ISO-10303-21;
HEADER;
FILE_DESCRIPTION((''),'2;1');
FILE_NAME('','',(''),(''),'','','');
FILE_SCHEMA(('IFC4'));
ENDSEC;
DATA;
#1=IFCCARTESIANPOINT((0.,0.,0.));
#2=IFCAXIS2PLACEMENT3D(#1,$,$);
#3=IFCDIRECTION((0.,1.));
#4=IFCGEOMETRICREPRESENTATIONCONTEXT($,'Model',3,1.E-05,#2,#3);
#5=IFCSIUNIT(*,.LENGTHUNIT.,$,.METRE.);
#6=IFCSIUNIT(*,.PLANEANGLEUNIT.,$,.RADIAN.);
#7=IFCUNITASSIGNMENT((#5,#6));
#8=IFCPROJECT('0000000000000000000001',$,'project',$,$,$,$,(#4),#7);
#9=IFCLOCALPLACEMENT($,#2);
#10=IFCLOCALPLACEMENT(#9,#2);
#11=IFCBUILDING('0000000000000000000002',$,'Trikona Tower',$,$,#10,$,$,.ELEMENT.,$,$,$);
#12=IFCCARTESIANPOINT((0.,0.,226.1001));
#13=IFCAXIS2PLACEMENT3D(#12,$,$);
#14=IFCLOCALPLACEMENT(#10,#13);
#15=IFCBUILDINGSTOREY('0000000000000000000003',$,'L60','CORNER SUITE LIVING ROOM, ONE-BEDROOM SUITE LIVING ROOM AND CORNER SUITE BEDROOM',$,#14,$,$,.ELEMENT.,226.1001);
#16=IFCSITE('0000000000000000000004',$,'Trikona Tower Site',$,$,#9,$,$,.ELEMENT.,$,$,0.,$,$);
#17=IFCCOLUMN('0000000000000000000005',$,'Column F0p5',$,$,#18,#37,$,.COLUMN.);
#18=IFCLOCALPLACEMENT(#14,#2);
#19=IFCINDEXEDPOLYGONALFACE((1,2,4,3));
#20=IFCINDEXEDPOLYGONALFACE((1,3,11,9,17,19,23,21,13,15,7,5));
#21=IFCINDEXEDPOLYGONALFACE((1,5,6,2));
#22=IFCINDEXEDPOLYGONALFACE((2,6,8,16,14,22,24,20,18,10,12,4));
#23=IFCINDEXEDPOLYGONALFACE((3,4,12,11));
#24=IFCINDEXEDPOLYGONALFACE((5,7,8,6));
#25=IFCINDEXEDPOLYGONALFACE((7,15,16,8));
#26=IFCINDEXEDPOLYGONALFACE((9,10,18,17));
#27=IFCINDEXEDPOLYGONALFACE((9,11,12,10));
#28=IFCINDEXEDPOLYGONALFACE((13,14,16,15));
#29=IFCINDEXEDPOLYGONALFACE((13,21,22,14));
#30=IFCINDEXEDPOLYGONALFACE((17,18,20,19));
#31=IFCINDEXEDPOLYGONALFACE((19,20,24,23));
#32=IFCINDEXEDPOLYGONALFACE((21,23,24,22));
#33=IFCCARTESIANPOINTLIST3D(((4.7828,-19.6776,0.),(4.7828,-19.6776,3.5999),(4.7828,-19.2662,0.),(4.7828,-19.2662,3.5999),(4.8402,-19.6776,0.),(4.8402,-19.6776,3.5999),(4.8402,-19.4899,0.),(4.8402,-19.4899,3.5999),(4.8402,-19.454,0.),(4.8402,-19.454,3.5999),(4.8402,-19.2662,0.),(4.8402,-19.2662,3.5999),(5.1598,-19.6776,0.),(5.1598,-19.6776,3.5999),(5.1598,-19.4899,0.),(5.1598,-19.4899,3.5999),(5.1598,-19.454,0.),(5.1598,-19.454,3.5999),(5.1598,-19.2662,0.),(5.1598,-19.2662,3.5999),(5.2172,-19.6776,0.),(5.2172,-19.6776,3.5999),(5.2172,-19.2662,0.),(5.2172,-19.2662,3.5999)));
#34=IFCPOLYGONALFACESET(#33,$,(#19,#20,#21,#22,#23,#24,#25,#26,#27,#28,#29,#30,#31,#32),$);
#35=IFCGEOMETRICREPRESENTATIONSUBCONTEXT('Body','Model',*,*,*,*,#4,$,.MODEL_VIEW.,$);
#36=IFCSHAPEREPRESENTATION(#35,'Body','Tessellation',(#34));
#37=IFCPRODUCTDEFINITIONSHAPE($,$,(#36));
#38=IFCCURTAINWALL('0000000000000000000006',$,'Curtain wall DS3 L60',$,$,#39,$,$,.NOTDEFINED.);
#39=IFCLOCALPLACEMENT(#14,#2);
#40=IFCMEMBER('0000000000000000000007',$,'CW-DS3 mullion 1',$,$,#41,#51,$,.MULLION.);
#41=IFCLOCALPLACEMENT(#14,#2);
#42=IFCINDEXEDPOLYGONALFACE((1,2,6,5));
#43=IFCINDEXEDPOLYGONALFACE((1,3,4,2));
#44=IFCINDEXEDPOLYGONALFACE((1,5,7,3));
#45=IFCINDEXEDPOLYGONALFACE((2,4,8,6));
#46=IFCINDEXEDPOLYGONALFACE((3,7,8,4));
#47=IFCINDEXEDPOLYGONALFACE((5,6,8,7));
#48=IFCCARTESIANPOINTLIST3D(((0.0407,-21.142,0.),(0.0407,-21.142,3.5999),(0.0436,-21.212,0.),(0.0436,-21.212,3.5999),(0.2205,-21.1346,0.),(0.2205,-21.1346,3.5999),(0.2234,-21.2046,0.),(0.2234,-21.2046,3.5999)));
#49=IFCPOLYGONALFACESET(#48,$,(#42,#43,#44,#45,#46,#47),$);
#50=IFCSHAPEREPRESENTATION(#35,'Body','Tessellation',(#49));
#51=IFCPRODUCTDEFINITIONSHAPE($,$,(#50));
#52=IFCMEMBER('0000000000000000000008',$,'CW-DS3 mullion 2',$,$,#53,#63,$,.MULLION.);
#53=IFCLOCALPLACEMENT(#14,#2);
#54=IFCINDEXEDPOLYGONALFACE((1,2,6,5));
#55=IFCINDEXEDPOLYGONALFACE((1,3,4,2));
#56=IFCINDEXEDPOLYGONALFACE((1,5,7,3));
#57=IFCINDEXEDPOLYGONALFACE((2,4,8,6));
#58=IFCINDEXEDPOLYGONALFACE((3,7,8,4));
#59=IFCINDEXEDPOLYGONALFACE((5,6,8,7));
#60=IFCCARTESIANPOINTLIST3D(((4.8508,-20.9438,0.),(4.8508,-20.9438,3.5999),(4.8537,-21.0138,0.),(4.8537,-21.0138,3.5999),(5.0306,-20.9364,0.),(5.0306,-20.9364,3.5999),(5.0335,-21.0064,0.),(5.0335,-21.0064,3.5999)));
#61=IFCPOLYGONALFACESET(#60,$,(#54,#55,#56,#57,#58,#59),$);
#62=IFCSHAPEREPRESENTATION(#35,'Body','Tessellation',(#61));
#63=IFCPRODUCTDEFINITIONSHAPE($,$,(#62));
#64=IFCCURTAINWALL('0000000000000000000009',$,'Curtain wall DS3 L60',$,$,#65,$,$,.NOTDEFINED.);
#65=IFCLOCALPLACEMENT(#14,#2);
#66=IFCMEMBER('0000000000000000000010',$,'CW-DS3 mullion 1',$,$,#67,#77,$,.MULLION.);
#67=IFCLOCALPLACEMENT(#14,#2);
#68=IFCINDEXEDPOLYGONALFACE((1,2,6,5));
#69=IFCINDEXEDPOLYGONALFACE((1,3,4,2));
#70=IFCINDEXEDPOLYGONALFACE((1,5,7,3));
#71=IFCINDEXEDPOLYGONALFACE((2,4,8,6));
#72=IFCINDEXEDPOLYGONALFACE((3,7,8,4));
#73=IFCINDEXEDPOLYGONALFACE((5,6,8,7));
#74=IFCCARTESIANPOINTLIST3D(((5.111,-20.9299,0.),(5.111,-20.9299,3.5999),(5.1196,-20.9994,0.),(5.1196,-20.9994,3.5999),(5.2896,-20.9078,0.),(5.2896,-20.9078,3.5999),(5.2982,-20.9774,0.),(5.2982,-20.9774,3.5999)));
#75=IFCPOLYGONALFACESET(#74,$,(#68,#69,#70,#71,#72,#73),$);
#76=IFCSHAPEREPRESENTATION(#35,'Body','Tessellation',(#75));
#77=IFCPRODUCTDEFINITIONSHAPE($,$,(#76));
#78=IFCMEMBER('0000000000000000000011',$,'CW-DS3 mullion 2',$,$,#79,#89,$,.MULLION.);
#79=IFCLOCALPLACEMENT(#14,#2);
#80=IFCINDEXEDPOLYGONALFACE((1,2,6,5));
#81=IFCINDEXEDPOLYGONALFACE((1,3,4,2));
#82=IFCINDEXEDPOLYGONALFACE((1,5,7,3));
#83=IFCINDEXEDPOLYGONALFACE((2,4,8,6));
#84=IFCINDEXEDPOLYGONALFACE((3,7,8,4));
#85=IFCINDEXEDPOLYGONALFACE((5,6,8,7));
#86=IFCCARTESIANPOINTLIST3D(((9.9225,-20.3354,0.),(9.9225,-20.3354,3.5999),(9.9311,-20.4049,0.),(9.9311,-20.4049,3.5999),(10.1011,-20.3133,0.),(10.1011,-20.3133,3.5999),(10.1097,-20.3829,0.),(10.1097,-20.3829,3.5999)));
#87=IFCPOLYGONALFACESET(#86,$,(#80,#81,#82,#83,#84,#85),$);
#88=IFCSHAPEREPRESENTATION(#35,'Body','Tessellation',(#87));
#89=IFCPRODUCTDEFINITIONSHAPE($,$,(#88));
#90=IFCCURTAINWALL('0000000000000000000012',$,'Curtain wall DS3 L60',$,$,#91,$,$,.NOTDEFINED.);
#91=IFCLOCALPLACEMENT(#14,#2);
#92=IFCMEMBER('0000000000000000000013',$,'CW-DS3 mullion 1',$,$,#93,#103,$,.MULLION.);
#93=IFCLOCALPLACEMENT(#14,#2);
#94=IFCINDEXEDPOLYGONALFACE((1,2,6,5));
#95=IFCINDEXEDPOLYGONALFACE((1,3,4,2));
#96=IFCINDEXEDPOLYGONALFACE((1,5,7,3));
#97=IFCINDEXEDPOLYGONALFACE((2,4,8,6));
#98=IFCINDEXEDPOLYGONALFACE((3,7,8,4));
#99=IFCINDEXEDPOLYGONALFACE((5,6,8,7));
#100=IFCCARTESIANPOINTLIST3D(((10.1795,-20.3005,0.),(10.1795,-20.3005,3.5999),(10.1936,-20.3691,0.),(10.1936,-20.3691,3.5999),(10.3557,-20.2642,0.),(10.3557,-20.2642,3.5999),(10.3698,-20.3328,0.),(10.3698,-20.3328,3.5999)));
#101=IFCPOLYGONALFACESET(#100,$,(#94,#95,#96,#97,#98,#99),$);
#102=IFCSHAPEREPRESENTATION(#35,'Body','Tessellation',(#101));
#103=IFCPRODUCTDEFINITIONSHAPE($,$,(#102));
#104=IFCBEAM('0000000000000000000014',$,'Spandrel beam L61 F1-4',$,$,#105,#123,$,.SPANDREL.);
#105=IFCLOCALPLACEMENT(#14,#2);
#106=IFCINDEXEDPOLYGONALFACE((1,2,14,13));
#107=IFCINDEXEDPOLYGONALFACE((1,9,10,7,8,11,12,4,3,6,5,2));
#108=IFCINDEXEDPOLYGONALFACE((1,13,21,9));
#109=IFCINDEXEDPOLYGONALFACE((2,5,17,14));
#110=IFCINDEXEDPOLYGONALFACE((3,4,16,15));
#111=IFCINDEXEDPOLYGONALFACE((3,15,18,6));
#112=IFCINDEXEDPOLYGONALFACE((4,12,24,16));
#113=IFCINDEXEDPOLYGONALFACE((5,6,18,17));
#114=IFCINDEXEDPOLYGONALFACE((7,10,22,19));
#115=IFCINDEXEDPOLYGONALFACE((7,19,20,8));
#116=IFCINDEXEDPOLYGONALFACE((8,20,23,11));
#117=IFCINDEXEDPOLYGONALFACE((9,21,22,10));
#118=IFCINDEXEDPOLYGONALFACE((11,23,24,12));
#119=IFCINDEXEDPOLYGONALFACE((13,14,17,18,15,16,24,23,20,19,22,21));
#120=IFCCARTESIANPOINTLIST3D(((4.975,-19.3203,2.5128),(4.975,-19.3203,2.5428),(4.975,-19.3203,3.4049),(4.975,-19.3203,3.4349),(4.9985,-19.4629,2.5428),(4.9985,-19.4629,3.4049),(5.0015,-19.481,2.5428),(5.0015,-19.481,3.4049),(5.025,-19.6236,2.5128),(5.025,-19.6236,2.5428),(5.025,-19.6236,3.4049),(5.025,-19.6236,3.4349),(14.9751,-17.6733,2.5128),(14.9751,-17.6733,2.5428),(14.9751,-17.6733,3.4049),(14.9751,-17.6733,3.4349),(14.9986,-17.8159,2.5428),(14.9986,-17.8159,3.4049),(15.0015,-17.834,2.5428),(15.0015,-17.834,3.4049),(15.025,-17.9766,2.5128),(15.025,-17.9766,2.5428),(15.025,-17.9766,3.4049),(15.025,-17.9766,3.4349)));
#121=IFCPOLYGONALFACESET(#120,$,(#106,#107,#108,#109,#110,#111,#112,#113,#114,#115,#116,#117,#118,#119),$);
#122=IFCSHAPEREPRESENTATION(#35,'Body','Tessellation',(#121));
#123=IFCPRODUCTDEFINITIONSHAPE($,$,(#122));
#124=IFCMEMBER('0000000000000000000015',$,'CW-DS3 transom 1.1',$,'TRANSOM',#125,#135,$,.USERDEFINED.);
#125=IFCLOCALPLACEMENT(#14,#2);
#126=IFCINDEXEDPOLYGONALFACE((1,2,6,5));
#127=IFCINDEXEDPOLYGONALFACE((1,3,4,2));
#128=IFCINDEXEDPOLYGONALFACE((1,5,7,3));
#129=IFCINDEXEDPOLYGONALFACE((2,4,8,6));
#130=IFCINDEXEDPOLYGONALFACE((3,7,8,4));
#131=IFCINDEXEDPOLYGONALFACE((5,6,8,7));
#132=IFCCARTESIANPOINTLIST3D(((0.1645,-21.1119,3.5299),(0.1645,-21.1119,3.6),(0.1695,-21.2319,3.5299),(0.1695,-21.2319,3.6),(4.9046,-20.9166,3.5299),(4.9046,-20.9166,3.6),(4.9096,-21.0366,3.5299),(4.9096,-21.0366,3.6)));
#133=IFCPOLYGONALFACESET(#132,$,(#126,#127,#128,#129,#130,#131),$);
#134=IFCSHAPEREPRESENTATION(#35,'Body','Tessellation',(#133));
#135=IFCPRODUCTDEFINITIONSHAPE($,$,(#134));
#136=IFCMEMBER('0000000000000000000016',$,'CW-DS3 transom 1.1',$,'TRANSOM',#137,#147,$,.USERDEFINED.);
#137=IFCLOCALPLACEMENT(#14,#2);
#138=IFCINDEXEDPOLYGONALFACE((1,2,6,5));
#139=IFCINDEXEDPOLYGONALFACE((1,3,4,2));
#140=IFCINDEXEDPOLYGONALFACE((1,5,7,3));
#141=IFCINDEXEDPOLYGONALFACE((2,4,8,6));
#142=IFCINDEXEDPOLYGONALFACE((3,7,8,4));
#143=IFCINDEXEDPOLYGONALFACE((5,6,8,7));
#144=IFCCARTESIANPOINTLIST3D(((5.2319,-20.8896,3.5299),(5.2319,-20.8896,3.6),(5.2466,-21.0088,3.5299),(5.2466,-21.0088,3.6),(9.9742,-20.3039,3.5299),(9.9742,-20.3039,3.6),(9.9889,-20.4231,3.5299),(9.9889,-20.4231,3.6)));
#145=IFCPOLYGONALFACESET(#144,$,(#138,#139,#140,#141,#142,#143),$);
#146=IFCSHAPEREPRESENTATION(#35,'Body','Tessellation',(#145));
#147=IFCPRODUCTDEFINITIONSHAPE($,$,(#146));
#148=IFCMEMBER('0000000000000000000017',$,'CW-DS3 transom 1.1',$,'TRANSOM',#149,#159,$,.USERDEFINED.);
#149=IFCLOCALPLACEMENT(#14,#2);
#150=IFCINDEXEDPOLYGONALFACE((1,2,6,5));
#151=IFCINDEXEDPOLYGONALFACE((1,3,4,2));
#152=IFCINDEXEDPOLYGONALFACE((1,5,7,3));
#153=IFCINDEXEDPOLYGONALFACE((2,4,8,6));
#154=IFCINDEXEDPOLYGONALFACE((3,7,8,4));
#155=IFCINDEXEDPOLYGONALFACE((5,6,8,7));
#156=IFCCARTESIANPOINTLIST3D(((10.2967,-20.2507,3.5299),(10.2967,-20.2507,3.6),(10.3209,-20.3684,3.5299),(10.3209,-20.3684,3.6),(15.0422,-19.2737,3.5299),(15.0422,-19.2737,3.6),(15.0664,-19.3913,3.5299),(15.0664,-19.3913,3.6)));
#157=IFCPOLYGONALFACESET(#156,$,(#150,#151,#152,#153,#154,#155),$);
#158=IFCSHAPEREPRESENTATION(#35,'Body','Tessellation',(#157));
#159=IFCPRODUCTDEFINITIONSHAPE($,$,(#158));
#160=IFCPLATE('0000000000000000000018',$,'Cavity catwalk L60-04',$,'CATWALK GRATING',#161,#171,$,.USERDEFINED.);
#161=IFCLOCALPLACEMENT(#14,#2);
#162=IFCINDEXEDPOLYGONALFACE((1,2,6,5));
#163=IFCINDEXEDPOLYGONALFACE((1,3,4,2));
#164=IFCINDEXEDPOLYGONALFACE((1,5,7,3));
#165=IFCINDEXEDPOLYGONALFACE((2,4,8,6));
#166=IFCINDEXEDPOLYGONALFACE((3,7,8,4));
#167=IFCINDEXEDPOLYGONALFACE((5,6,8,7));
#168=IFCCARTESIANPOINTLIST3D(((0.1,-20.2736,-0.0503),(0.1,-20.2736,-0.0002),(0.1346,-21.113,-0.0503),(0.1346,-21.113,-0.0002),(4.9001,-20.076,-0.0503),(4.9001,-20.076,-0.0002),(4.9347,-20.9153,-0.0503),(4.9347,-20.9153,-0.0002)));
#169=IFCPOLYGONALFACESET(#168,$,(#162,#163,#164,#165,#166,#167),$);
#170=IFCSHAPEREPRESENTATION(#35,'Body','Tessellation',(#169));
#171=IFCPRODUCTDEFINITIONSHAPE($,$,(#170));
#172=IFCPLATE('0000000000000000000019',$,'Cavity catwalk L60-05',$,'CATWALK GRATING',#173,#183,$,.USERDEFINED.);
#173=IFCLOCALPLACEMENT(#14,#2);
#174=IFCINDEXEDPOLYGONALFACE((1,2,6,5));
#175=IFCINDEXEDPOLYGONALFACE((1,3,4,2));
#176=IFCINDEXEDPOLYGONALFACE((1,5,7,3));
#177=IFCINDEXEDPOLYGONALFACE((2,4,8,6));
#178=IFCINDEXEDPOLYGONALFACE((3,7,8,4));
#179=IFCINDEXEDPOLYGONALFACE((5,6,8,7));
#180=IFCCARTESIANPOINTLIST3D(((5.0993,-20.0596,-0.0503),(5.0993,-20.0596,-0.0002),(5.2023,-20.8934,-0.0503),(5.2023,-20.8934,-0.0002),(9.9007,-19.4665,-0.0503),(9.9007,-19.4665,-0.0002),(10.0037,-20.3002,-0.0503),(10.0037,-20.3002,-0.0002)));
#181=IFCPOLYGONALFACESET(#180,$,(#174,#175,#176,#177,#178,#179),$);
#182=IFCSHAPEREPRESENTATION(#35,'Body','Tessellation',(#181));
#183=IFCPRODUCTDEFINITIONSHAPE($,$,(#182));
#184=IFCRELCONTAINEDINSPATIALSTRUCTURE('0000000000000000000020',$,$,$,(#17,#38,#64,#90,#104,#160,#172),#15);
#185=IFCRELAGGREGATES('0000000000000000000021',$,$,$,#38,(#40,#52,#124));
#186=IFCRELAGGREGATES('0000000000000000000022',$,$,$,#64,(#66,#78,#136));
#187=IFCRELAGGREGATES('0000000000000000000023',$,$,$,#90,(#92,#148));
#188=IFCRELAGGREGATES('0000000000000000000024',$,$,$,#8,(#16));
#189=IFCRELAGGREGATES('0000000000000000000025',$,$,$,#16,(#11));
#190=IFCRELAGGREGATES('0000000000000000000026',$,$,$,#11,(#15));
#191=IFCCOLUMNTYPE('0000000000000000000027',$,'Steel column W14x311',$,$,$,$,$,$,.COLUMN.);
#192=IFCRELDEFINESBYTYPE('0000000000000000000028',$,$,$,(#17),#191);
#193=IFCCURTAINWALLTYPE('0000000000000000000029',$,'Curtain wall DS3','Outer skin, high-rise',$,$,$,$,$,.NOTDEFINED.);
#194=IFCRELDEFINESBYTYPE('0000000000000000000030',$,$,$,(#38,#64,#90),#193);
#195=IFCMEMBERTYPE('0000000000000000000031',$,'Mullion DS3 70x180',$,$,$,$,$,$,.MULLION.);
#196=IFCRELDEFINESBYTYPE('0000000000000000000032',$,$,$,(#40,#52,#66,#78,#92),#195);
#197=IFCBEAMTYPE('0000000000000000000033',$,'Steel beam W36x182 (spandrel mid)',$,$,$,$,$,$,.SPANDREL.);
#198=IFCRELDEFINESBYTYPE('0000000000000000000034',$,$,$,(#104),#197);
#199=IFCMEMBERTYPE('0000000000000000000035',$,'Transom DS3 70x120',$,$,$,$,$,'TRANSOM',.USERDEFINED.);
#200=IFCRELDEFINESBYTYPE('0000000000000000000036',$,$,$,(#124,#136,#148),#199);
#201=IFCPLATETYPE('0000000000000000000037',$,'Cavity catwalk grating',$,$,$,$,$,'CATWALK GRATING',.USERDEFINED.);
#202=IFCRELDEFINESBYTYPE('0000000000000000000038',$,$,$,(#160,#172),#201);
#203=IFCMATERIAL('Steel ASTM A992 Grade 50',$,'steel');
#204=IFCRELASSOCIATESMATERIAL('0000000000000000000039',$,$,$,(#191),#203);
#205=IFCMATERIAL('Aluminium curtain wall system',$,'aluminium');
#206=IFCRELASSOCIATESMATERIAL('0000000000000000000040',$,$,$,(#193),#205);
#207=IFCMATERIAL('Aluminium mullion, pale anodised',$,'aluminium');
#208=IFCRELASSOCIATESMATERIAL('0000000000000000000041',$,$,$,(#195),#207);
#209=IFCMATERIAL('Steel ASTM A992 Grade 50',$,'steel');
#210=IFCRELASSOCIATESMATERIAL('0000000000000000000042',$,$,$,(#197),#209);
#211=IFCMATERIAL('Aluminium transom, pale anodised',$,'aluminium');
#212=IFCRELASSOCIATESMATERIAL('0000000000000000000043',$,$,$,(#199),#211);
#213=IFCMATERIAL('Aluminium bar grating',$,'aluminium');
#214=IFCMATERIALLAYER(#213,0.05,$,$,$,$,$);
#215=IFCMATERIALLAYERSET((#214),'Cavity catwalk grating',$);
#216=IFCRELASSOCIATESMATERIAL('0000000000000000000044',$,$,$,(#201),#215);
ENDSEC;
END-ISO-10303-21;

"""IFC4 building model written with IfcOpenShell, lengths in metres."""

from ifc_helpers import new_model, si_unit, direction, frame, origin, origin_2d, place, context, subcontext, project, spatial, rectangle, i_section, extrude, material, layer, layer_set, material_profile, profile_set, type_object, element, aggregate, save


model = new_model("IFC4")

# Units and contexts
model_context = context("Model", 3, precision=1e-05, world=origin(), true_north=direction((0.0, 1.0)))
body_context = subcontext(model_context, "Body", "Model", "MODEL_VIEW")
ifc_project = project(units=[si_unit("LENGTHUNIT", "METRE"), si_unit("PLANEANGLEUNIT", "RADIAN")], contexts=[model_context])

# Site, building, storey
site_placement = place(None, origin())
site = spatial("IfcSite", under=ifc_project, at=site_placement, Name="Trikona Tower Site", CompositionType="ELEMENT", RefElevation=0.0)
building_placement = place(site_placement, origin())
building = spatial("IfcBuilding", under=site, at=building_placement, Name="Trikona Tower", CompositionType="ELEMENT")
storey_placement = place(building_placement, frame((0.0, 0.0, 226.1001)))
storey = spatial("IfcBuildingStorey", under=building, at=storey_placement, Name="L60", Description="CORNER SUITE LIVING ROOM, ONE-BEDROOM SUITE LIVING ROOM AND CORNER SUITE BEDROOM", CompositionType="ELEMENT", Elevation=226.1001)

# Column
ifc_material_1 = material(Name="Steel ASTM A992 Grade 50", Category="steel")
ifc_material_profile_1 = material_profile(ifc_material_1, i_section(OverallWidth=0.4114, OverallDepth=0.4343, WebThickness=0.0359, FlangeThickness=0.0574, at=origin_2d()), Name="W14X311")
ifc_profile_set_1 = profile_set([ifc_material_profile_1], Name="Steel ASTM A992 Grade 50")
column_type = type_object("IfcColumnType", Name="Steel column W14x311", PredefinedType="COLUMN", material=ifc_profile_set_1)
column_placement = place(storey_placement, frame((5.0, -19.4719, 0.0), z_axis=(0.0, 0.0, 1.0), x_axis=(0.0, -1.0, 0.0)))
element("IfcColumn", 1, at=column_placement, inside=storey, type_object=column_type, Name="Column F0p5", PredefinedType="COLUMN", context=body_context, shape_type="SweptSolid", body=[
    extrude(i_section(OverallWidth=0.4114, OverallDepth=0.4343, WebThickness=0.0359, FlangeThickness=0.0574, at=origin_2d()), origin(), (0.0, 0.0, 1.0), 3.5999),
])

# Curtain walls, members
ifc_material_2 = material(Name="Aluminium curtain wall system", Category="aluminium")
curtain_wall_type = type_object("IfcCurtainWallType", Name="Curtain wall DS3", Description="Outer skin, high-rise", PredefinedType="NOTDEFINED", material=ifc_material_2)
curtain_wall_1_placement = place(storey_placement, origin())
curtain_wall_1 = element("IfcCurtainWall", 2, at=curtain_wall_1_placement, inside=storey, type_object=curtain_wall_type, Name="Curtain wall DS3 L60", PredefinedType="NOTDEFINED")
ifc_material_3 = material(Name="Aluminium mullion, pale anodised", Category="aluminium")
ifc_material_profile_2 = material_profile(ifc_material_3, rectangle(XDim=0.0701, YDim=0.1799, at=origin_2d()), Name="MUL-DS3")
ifc_profile_set_2 = profile_set([ifc_material_profile_2], Name="Aluminium mullion, pale anodised")
member_type_1 = type_object("IfcMemberType", Name="Mullion DS3 70x180", PredefinedType="MULLION", material=ifc_profile_set_2)
member_1_placement = place(storey_placement, frame((0.1321, -21.1733, 0.0), z_axis=(0.0, 0.0, 1.0), x_axis=(-0.041153, 0.999153, 0.0)))
member_1 = element("IfcMember", 3, at=member_1_placement, type_object=member_type_1, Name="CW-DS3 mullion 1", PredefinedType="MULLION", context=body_context, shape_type="SweptSolid", body=[
    extrude(rectangle(XDim=0.0701, YDim=0.1799, at=origin_2d()), origin(), (0.0, 0.0, 1.0), 3.5999),
])
member_2_placement = place(storey_placement, frame((4.9421, -20.9751, 0.0), z_axis=(0.0, 0.0, 1.0), x_axis=(-0.041153, 0.999153, 0.0)))
member_2 = element("IfcMember", 4, at=member_2_placement, type_object=member_type_1, Name="CW-DS3 mullion 2", PredefinedType="MULLION", context=body_context, shape_type="SweptSolid", body=[
    extrude(rectangle(XDim=0.0701, YDim=0.1799, at=origin_2d()), origin(), (0.0, 0.0, 1.0), 3.5999),
])
curtain_wall_2_placement = place(storey_placement, origin())
curtain_wall_2 = element("IfcCurtainWall", 5, at=curtain_wall_2_placement, inside=storey, type_object=curtain_wall_type, Name="Curtain wall DS3 L60", PredefinedType="NOTDEFINED")
member_3_placement = place(storey_placement, frame((5.2046, -20.9536, 0.0), z_axis=(0.0, 0.0, 1.0), x_axis=(-0.122611, 0.992455, 0.0)))
member_3 = element("IfcMember", 6, at=member_3_placement, type_object=member_type_1, Name="CW-DS3 mullion 1", PredefinedType="MULLION", context=body_context, shape_type="SweptSolid", body=[
    extrude(rectangle(XDim=0.0701, YDim=0.1799, at=origin_2d()), origin(), (0.0, 0.0, 1.0), 3.5999),
])
member_4_placement = place(storey_placement, frame((10.0161, -20.3591, 0.0), z_axis=(0.0, 0.0, 1.0), x_axis=(-0.122611, 0.992455, 0.0)))
member_4 = element("IfcMember", 7, at=member_4_placement, type_object=member_type_1, Name="CW-DS3 mullion 2", PredefinedType="MULLION", context=body_context, shape_type="SweptSolid", body=[
    extrude(rectangle(XDim=0.0701, YDim=0.1799, at=origin_2d()), origin(), (0.0, 0.0, 1.0), 3.5999),
])

# Curtain wall, member
curtain_wall_3_placement = place(storey_placement, origin())
curtain_wall_3 = element("IfcCurtainWall", 8, at=curtain_wall_3_placement, inside=storey, type_object=curtain_wall_type, Name="Curtain wall DS3 L60", PredefinedType="NOTDEFINED")
member_5_placement = place(storey_placement, frame((10.2747, -20.3167, 0.0), z_axis=(0.0, 0.0, 1.0), x_axis=(-0.201653, 0.979457, 0.0)))
member_5 = element("IfcMember", 9, at=member_5_placement, type_object=member_type_1, Name="CW-DS3 mullion 1", PredefinedType="MULLION", context=body_context, shape_type="SweptSolid", body=[
    extrude(rectangle(XDim=0.0701, YDim=0.1799, at=origin_2d()), origin(), (0.0, 0.0, 1.0), 3.5999),
])

# Beam
ifc_material_4 = material(Name="Steel ASTM A992 Grade 50", Category="steel")
ifc_material_profile_3 = material_profile(ifc_material_4, i_section(OverallWidth=0.3074, OverallDepth=0.9221, WebThickness=0.0183, FlangeThickness=0.03, at=origin_2d()), Name="W36X182")
ifc_profile_set_3 = profile_set([ifc_material_profile_3], Name="Steel ASTM A992 Grade 50")
beam_type = type_object("IfcBeamType", Name="Steel beam W36x182 (spandrel mid)", PredefinedType="SPANDREL", material=ifc_profile_set_3)
beam_placement = place(storey_placement, frame((5.0, -19.4719, 2.9739), z_axis=(0.986707, 0.162508, 0.0), x_axis=(-0.162508, 0.986707, 0.0)))
element("IfcBeam", 10, at=beam_placement, inside=storey, type_object=beam_type, Name="Spandrel beam L61 F1-4", PredefinedType="SPANDREL", context=body_context, shape_type="SweptSolid", body=[
    extrude(i_section(OverallWidth=0.3074, OverallDepth=0.9221, WebThickness=0.0183, FlangeThickness=0.03, at=origin_2d()), origin(), (0.0, 0.0, 1.0), 10.1348),
])

# Members
ifc_material_5 = material(Name="Aluminium transom, pale anodised", Category="aluminium")
ifc_material_profile_4 = material_profile(ifc_material_5, rectangle(XDim=0.1201, YDim=0.0701, at=origin_2d()), Name="TRN-DS3")
ifc_profile_set_4 = profile_set([ifc_material_profile_4], Name="Aluminium transom, pale anodised")
member_type_2 = type_object("IfcMemberType", Name="Transom DS3 70x120", ElementType="TRANSOM", PredefinedType="USERDEFINED", material=ifc_profile_set_4)
member_6_placement = place(storey_placement, frame((0.167, -21.1719, 3.5649), z_axis=(0.999152, 0.041168, 0.0), x_axis=(-0.041168, 0.999152, 0.0)))
member_6 = element("IfcMember", 11, at=member_6_placement, type_object=member_type_2, Name="CW-DS3 transom 1.1", ObjectType="TRANSOM", PredefinedType="USERDEFINED", context=body_context, shape_type="SweptSolid", body=[
    extrude(rectangle(XDim=0.1201, YDim=0.0701, at=origin_2d()), origin(), (0.0, 0.0, 1.0), 4.7441),
])
member_7_placement = place(storey_placement, frame((5.2393, -20.9492, 3.5649), z_axis=(0.992459, 0.122576, 0.0), x_axis=(-0.122576, 0.992459, 0.0)))
member_7 = element("IfcMember", 12, at=member_7_placement, type_object=member_type_2, Name="CW-DS3 transom 1.1", ObjectType="TRANSOM", PredefinedType="USERDEFINED", context=body_context, shape_type="SweptSolid", body=[
    extrude(rectangle(XDim=0.1201, YDim=0.0701, at=origin_2d()), origin(), (0.0, 0.0, 1.0), 4.7783),
])
member_8_placement = place(storey_placement, frame((10.3088, -20.3096, 3.5649), z_axis=(0.979454, 0.201666, 0.0), x_axis=(-0.201666, 0.979454, 0.0)))
member_8 = element("IfcMember", 13, at=member_8_placement, type_object=member_type_2, Name="CW-DS3 transom 1.1", ObjectType="TRANSOM", PredefinedType="USERDEFINED", context=body_context, shape_type="SweptSolid", body=[
    extrude(rectangle(XDim=0.1201, YDim=0.0701, at=origin_2d()), origin(), (0.0, 0.0, 1.0), 4.845),
])

# Plates
ifc_material_6 = material(Name="Aluminium bar grating", Category="aluminium")
ifc_layer_1 = layer(ifc_material_6, 0.05)
ifc_layer_set_1 = layer_set([ifc_layer_1], Name="Cavity catwalk grating")
plate_type_1 = type_object("IfcPlateType", Name="Cavity catwalk grating", ElementType="CATWALK GRATING", PredefinedType="USERDEFINED", material=ifc_layer_set_1)
plate_1_placement = place(storey_placement, frame((2.5173, -20.5945, -0.0503), z_axis=(0.0, 0.0, 1.0), x_axis=(0.999153, 0.041145, 0.0)))
element("IfcPlate", 14, at=plate_1_placement, inside=storey, type_object=plate_type_1, Name="Cavity catwalk L60-04", ObjectType="CATWALK GRATING", PredefinedType="USERDEFINED", context=body_context, shape_type="SweptSolid", body=[
    extrude(rectangle(XDim=4.8042, YDim=0.8401, at=origin_2d()), origin(), (0.0, 0.0, 1.0), 0.05),
])
plate_2_placement = place(storey_placement, frame((7.5515, -20.1799, -0.0503), z_axis=(0.0, 0.0, 1.0), x_axis=(0.992455, 0.122607, 0.0)))
element("IfcPlate", 15, at=plate_2_placement, inside=storey, type_object=plate_type_1, Name="Cavity catwalk L60-05", ObjectType="CATWALK GRATING", PredefinedType="USERDEFINED", context=body_context, shape_type="SweptSolid", body=[
    extrude(rectangle(XDim=4.8379, YDim=0.8401, at=origin_2d()), origin(), (0.0, 0.0, 1.0), 0.05),
])

aggregate(curtain_wall_1, [member_1, member_2, member_6])
aggregate(curtain_wall_2, [member_3, member_4, member_7])
aggregate(curtain_wall_3, [member_5, member_8])

save(model, "model.ifc")
